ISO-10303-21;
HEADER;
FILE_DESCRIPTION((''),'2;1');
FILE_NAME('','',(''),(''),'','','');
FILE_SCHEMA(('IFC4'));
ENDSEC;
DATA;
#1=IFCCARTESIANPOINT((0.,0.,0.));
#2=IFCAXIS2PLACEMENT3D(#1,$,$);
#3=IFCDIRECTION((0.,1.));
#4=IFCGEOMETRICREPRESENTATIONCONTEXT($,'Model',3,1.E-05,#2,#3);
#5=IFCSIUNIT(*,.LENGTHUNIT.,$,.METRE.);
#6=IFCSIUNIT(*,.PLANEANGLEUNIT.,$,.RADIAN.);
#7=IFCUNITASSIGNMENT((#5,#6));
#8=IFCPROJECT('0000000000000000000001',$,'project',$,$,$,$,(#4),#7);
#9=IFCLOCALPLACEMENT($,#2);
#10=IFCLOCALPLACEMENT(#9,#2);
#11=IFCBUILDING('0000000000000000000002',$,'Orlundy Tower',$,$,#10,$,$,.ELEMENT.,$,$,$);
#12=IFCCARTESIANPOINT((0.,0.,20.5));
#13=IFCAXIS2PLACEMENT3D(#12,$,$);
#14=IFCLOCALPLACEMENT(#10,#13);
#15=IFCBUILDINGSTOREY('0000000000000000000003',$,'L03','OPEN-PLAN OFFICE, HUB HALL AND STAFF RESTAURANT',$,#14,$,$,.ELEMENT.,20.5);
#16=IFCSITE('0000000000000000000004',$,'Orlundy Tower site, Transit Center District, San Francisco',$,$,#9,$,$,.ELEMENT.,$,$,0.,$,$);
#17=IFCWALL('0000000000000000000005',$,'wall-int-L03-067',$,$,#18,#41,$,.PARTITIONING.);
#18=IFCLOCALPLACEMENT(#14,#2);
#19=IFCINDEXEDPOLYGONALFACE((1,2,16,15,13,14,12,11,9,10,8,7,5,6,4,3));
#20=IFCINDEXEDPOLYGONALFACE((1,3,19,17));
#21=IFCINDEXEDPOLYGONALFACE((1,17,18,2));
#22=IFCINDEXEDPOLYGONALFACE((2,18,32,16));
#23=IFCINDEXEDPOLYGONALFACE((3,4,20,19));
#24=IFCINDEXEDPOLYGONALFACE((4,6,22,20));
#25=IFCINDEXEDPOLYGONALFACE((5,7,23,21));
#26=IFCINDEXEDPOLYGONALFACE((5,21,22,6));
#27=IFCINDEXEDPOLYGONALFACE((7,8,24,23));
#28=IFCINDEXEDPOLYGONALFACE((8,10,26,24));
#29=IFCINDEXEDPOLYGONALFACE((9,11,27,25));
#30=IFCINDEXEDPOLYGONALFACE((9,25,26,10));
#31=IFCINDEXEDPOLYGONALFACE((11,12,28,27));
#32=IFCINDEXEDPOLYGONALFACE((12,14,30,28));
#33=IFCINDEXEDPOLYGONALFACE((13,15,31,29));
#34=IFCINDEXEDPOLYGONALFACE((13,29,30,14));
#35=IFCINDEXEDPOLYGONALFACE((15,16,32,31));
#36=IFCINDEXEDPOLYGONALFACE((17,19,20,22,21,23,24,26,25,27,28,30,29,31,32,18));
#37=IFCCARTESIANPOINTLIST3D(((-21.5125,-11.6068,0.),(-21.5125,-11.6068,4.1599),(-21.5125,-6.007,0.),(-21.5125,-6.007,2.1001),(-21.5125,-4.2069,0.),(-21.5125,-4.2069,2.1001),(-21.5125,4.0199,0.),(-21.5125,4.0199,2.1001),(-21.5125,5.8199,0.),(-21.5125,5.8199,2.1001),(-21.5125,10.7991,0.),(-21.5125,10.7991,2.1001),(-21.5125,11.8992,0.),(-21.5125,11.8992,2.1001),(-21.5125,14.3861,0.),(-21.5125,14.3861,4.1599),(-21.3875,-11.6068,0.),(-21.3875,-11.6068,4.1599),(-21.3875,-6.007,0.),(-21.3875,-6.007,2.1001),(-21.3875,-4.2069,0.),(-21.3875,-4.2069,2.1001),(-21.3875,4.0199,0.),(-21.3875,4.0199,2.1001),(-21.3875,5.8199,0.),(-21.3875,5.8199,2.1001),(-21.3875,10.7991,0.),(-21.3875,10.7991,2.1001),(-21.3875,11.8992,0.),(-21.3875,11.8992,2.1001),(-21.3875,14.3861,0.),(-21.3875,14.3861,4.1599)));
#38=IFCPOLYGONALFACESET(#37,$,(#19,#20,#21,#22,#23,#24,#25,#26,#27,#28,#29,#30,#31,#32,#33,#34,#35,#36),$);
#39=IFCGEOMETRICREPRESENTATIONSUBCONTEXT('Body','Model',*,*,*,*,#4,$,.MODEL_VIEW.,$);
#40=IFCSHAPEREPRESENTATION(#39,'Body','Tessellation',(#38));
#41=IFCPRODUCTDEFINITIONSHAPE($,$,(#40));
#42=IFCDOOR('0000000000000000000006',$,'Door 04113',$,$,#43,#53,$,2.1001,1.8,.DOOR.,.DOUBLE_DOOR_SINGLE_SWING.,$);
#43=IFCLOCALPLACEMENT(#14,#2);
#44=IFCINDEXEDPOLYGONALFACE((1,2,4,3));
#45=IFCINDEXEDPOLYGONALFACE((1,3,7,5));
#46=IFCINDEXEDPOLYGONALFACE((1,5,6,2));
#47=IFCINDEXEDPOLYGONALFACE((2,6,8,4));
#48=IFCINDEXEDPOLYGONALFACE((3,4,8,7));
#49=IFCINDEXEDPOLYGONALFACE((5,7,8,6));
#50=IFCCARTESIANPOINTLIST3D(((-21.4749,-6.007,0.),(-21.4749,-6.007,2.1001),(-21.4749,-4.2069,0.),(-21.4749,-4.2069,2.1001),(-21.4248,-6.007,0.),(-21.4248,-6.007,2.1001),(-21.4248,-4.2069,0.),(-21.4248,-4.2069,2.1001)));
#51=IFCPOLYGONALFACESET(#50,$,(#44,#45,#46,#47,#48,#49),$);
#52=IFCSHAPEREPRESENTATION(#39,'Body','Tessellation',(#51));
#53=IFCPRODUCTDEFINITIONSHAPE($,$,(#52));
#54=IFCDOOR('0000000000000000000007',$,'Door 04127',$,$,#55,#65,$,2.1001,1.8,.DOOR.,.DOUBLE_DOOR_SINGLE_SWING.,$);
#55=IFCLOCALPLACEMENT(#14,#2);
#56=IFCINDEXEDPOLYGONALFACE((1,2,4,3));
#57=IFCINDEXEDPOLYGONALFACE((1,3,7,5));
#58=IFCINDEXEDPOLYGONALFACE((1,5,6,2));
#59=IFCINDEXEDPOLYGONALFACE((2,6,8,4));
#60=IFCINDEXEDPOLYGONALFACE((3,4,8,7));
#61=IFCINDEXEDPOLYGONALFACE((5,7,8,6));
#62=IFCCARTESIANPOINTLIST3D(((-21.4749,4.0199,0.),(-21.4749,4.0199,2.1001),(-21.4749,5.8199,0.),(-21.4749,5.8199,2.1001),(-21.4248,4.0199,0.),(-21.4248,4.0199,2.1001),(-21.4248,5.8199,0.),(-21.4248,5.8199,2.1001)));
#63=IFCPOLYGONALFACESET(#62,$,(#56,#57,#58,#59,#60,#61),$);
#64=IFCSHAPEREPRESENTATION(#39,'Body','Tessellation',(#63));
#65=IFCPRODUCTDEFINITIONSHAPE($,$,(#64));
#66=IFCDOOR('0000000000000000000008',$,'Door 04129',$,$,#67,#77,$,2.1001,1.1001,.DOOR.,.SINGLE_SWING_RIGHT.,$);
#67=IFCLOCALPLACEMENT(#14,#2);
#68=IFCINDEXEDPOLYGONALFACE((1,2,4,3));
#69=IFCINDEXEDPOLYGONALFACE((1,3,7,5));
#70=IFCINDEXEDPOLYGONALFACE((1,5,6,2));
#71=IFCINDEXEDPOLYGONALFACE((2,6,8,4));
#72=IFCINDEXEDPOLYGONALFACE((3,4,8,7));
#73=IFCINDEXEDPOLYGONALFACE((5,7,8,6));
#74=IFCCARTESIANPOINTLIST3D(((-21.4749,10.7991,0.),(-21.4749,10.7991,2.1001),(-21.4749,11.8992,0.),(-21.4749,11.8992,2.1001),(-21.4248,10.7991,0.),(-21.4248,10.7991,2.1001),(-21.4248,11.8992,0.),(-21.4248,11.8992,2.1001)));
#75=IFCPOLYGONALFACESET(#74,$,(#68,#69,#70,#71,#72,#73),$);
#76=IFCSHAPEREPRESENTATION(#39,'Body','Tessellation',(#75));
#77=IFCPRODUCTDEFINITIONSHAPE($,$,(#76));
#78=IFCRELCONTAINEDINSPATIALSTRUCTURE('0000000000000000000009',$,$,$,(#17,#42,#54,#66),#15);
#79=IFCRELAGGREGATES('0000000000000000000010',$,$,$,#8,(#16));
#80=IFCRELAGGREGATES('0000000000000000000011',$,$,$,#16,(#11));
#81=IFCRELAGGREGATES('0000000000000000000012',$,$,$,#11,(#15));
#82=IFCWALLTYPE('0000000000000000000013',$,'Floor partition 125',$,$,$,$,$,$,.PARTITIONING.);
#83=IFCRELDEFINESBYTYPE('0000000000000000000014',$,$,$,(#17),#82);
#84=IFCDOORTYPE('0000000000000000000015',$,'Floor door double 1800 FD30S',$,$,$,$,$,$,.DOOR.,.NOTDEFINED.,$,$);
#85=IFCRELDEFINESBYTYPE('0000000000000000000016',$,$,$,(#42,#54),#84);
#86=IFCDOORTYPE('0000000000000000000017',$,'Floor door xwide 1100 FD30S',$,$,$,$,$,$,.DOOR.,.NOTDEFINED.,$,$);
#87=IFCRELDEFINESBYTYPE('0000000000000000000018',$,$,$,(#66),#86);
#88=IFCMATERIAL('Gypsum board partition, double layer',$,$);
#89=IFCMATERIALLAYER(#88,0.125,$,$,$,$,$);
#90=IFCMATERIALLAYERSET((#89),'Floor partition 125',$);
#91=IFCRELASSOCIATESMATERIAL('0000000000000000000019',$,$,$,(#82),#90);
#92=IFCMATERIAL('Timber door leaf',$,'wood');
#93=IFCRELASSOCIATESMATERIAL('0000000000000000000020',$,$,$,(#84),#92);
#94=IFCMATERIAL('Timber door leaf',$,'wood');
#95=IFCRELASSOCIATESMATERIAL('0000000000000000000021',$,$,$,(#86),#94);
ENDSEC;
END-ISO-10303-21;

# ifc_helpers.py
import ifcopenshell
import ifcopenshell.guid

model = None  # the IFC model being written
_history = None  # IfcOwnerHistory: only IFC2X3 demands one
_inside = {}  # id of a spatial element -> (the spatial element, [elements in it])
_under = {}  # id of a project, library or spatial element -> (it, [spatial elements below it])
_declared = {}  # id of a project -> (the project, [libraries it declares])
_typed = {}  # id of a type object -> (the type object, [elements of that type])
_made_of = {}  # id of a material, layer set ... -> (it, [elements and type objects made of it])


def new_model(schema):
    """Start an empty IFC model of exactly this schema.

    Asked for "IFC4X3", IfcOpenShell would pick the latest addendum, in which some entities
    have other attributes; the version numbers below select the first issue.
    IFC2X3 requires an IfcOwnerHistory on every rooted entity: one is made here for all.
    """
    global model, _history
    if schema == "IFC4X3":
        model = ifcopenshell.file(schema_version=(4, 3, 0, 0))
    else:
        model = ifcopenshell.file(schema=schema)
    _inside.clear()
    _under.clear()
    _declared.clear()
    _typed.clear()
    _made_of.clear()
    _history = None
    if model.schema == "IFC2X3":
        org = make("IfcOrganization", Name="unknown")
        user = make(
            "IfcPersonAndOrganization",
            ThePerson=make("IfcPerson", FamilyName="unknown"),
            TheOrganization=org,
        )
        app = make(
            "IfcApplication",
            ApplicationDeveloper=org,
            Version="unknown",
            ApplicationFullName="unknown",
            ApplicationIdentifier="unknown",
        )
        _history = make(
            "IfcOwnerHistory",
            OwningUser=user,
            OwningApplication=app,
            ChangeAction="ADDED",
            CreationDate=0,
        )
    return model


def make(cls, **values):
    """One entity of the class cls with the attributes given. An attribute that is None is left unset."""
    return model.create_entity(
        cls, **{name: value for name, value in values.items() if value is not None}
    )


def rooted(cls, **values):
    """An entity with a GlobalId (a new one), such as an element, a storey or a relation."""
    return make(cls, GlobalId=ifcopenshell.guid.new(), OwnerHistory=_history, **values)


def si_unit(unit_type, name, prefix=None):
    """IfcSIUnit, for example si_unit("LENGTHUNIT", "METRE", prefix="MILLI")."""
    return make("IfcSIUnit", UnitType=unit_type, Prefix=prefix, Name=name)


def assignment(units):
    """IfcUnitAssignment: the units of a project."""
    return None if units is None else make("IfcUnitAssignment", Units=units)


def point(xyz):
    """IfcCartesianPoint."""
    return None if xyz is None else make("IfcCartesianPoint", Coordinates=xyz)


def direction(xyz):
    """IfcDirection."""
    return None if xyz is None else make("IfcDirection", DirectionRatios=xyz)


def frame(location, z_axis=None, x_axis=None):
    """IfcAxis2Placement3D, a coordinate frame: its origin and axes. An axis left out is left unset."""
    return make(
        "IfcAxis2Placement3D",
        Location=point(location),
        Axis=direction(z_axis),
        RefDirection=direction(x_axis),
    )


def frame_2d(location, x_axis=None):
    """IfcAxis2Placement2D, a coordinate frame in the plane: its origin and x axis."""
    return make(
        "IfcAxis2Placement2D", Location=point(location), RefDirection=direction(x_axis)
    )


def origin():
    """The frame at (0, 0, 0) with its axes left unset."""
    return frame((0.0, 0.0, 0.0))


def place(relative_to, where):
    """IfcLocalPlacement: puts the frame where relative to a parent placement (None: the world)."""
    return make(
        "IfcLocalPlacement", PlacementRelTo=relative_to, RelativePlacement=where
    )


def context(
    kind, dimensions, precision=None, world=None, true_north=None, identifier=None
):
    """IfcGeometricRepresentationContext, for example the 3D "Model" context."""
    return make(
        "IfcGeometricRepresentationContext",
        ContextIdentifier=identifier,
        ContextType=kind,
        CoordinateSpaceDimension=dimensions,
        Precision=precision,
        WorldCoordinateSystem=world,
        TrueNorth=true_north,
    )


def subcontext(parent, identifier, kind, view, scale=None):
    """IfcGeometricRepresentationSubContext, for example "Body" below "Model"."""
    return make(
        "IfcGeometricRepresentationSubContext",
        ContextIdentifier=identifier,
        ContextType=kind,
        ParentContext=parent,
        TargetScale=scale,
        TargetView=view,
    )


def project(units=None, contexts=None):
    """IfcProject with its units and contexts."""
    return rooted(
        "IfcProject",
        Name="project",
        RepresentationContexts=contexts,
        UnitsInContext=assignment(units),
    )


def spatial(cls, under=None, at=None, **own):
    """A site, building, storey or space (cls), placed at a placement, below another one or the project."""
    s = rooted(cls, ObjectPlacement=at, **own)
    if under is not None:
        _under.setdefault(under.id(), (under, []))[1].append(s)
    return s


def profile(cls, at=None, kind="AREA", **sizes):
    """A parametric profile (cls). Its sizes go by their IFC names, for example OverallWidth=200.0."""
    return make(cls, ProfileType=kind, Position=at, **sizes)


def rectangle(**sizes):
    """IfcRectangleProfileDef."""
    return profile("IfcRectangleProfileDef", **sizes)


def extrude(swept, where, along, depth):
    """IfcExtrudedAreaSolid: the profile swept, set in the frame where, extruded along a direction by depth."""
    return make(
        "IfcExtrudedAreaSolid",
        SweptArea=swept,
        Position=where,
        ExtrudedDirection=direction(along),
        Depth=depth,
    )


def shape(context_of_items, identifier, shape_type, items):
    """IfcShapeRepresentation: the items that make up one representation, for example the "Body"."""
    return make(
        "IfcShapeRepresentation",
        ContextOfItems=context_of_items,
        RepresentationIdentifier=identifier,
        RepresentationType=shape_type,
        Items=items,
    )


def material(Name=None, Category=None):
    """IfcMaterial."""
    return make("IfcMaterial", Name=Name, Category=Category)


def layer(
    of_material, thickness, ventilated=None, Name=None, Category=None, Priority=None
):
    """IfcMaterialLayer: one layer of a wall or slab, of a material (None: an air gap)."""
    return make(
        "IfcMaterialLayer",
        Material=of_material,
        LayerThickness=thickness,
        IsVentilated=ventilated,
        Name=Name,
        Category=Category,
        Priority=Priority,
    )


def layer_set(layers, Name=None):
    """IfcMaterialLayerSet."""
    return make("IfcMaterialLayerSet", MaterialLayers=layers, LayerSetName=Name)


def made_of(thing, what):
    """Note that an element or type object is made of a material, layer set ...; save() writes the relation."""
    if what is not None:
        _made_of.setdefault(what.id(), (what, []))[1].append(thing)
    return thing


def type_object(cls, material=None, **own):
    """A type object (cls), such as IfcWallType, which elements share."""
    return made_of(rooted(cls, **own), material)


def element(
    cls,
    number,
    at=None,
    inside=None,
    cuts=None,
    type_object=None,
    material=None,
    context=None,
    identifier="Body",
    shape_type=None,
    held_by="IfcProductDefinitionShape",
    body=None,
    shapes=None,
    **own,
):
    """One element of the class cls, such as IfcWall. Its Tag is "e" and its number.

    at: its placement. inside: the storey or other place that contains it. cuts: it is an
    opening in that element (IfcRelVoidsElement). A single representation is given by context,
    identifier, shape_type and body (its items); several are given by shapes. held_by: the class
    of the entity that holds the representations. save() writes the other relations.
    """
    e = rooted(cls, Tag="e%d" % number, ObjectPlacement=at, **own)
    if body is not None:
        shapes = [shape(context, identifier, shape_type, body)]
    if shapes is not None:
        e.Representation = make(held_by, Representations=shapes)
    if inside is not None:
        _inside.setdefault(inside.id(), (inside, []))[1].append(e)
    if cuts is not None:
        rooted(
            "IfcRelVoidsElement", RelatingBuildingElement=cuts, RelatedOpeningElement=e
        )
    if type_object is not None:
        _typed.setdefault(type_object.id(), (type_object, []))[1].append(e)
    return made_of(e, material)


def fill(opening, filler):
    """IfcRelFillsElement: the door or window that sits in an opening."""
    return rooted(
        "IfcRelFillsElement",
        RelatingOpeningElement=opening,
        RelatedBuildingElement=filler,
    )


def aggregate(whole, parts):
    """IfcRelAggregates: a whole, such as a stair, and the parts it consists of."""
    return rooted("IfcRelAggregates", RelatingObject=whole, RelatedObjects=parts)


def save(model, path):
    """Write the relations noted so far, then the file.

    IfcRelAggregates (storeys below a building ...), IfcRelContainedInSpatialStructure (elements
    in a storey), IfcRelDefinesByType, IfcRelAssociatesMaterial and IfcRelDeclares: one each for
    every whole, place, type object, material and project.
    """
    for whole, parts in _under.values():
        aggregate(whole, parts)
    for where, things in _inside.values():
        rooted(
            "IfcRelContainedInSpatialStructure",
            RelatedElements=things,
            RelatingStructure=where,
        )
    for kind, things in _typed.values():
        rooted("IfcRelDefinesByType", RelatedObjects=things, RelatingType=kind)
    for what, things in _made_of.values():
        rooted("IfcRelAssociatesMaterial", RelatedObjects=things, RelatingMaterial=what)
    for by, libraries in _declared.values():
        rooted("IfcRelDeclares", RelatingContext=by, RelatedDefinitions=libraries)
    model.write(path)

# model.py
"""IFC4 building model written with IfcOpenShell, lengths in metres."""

from ifc_helpers import new_model, si_unit, direction, frame, frame_2d, origin, place, context, subcontext, project, spatial, rectangle, extrude, material, layer, layer_set, type_object, element, fill, save


model = new_model("IFC4")

# Units and contexts
model_context = context("Model", 3, precision=1e-05, world=origin(), true_north=direction((0.0, 1.0)))
body_context = subcontext(model_context, "Body", "Model", "MODEL_VIEW")
ifc_project = project(units=[si_unit("LENGTHUNIT", "METRE"), si_unit("PLANEANGLEUNIT", "RADIAN")], contexts=[model_context])

# Site, building, storey
site_placement = place(None, origin())
site = spatial("IfcSite", under=ifc_project, at=site_placement, Name="Orlundy Tower site, Transit Center District, San Francisco", CompositionType="ELEMENT", RefElevation=0.0)
building_placement = place(site_placement, origin())
building = spatial("IfcBuilding", under=site, at=building_placement, Name="Orlundy Tower", CompositionType="ELEMENT")
storey_placement = place(building_placement, frame((0.0, 0.0, 20.5)))
storey = spatial("IfcBuildingStorey", under=building, at=storey_placement, Name="L03", Description="OPEN-PLAN OFFICE, HUB HALL AND STAFF RESTAURANT", CompositionType="ELEMENT", Elevation=20.5)

# Shared definitions
ifc_material_1 = material(Name="Gypsum board partition, double layer")
ifc_layer_1 = layer(ifc_material_1, 0.125)
ifc_layer_set_1 = layer_set([ifc_layer_1], Name="Floor partition 125")
wall_type_1 = type_object("IfcWallType", Name="Floor partition 125", PredefinedType="PARTITIONING", material=ifc_layer_set_1)

# Wall, openings, doors
wall_1_placement = place(storey_placement, frame((-21.45, -11.6069, 0.0), z_axis=(0.0, 0.0, 1.0), x_axis=(0.0, 1.0, 0.0)))
wall_1 = element("IfcWall", 1, at=wall_1_placement, inside=storey, type_object=wall_type_1, Name="wall-int-L03-067", PredefinedType="PARTITIONING", context=body_context, shape_type="SweptSolid", body=[
    extrude(rectangle(XDim=25.9929, YDim=0.125, at=frame_2d((12.9966, 0.0))), origin(), (0.0, 0.0, 1.0), 4.1599),
])
opening_1_placement = place(wall_1_placement, frame((5.6001, 0.0, 0.0)))
opening_1 = element("IfcOpeningElement", 2, at=opening_1_placement, cuts=wall_1, PredefinedType="OPENING", context=body_context, shape_type="SweptSolid", body=[
    extrude(rectangle(XDim=1.8, YDim=2.1001, at=frame_2d((0.8999, 1.05))), frame((0.0, 0.0725, 0.0), z_axis=(0.0, -1.0, 0.0), x_axis=(1.0, 0.0, 0.0)), (0.0, 0.0, 1.0), 0.145),
])
opening_2_placement = place(wall_1_placement, frame((15.627, 0.0, 0.0)))
opening_2 = element("IfcOpeningElement", 3, at=opening_2_placement, cuts=wall_1, PredefinedType="OPENING", context=body_context, shape_type="SweptSolid", body=[
    extrude(rectangle(XDim=1.8, YDim=2.1001, at=frame_2d((0.8999, 1.05))), frame((0.0, 0.0725, 0.0), z_axis=(0.0, -1.0, 0.0), x_axis=(1.0, 0.0, 0.0)), (0.0, 0.0, 1.0), 0.145),
])
opening_3_placement = place(wall_1_placement, frame((22.406, 0.0, 0.0)))
opening_3 = element("IfcOpeningElement", 4, at=opening_3_placement, cuts=wall_1, PredefinedType="OPENING", context=body_context, shape_type="SweptSolid", body=[
    extrude(rectangle(XDim=1.1001, YDim=2.1001, at=frame_2d((0.55, 1.05))), frame((0.0, 0.0725, 0.0), z_axis=(0.0, -1.0, 0.0), x_axis=(1.0, 0.0, 0.0)), (0.0, 0.0, 1.0), 0.145),
])
ifc_material_2 = material(Name="Timber door leaf", Category="wood")
door_type_1 = type_object("IfcDoorType", Name="Floor door double 1800 FD30S", OperationType="NOTDEFINED", PredefinedType="DOOR", material=ifc_material_2)
door_1_placement = place(opening_1_placement, origin())
door_1 = element("IfcDoor", 5, at=door_1_placement, inside=storey, type_object=door_type_1, Name="Door 04113", OperationType="DOUBLE_DOOR_SINGLE_SWING", OverallHeight=2.1001, OverallWidth=1.8, PredefinedType="DOOR", context=body_context, shape_type="SweptSolid", body=[
    extrude(rectangle(XDim=1.8, YDim=2.1001, at=frame_2d((0.8999, 1.05))), frame((0.0, 0.0249, 0.0), z_axis=(0.0, -1.0, 0.0), x_axis=(1.0, 0.0, 0.0)), (0.0, 0.0, 1.0), 0.05),
])
fill(opening_1, door_1)
door_2_placement = place(opening_2_placement, origin())
door_2 = element("IfcDoor", 6, at=door_2_placement, inside=storey, type_object=door_type_1, Name="Door 04127", OperationType="DOUBLE_DOOR_SINGLE_SWING", OverallHeight=2.1001, OverallWidth=1.8, PredefinedType="DOOR", context=body_context, shape_type="SweptSolid", body=[
    extrude(rectangle(XDim=1.8, YDim=2.1001, at=frame_2d((0.8999, 1.05))), frame((0.0, 0.0249, 0.0), z_axis=(0.0, -1.0, 0.0), x_axis=(1.0, 0.0, 0.0)), (0.0, 0.0, 1.0), 0.05),
])
fill(opening_2, door_2)
ifc_material_3 = material(Name="Timber door leaf", Category="wood")
door_type_2 = type_object("IfcDoorType", Name="Floor door xwide 1100 FD30S", OperationType="NOTDEFINED", PredefinedType="DOOR", material=ifc_material_3)
door_3_placement = place(opening_3_placement, origin())
door_3 = element("IfcDoor", 7, at=door_3_placement, inside=storey, type_object=door_type_2, Name="Door 04129", OperationType="SINGLE_SWING_RIGHT", OverallHeight=2.1001, OverallWidth=1.1001, PredefinedType="DOOR", context=body_context, shape_type="SweptSolid", body=[
    extrude(rectangle(XDim=1.1001, YDim=2.1001, at=frame_2d((0.55, 1.05))), frame((0.0, 0.0249, 0.0), z_axis=(0.0, -1.0, 0.0), x_axis=(1.0, 0.0, 0.0)), (0.0, 0.0, 1.0), 0.05),
])
fill(opening_3, door_3)

save(model, "model.ifc")
